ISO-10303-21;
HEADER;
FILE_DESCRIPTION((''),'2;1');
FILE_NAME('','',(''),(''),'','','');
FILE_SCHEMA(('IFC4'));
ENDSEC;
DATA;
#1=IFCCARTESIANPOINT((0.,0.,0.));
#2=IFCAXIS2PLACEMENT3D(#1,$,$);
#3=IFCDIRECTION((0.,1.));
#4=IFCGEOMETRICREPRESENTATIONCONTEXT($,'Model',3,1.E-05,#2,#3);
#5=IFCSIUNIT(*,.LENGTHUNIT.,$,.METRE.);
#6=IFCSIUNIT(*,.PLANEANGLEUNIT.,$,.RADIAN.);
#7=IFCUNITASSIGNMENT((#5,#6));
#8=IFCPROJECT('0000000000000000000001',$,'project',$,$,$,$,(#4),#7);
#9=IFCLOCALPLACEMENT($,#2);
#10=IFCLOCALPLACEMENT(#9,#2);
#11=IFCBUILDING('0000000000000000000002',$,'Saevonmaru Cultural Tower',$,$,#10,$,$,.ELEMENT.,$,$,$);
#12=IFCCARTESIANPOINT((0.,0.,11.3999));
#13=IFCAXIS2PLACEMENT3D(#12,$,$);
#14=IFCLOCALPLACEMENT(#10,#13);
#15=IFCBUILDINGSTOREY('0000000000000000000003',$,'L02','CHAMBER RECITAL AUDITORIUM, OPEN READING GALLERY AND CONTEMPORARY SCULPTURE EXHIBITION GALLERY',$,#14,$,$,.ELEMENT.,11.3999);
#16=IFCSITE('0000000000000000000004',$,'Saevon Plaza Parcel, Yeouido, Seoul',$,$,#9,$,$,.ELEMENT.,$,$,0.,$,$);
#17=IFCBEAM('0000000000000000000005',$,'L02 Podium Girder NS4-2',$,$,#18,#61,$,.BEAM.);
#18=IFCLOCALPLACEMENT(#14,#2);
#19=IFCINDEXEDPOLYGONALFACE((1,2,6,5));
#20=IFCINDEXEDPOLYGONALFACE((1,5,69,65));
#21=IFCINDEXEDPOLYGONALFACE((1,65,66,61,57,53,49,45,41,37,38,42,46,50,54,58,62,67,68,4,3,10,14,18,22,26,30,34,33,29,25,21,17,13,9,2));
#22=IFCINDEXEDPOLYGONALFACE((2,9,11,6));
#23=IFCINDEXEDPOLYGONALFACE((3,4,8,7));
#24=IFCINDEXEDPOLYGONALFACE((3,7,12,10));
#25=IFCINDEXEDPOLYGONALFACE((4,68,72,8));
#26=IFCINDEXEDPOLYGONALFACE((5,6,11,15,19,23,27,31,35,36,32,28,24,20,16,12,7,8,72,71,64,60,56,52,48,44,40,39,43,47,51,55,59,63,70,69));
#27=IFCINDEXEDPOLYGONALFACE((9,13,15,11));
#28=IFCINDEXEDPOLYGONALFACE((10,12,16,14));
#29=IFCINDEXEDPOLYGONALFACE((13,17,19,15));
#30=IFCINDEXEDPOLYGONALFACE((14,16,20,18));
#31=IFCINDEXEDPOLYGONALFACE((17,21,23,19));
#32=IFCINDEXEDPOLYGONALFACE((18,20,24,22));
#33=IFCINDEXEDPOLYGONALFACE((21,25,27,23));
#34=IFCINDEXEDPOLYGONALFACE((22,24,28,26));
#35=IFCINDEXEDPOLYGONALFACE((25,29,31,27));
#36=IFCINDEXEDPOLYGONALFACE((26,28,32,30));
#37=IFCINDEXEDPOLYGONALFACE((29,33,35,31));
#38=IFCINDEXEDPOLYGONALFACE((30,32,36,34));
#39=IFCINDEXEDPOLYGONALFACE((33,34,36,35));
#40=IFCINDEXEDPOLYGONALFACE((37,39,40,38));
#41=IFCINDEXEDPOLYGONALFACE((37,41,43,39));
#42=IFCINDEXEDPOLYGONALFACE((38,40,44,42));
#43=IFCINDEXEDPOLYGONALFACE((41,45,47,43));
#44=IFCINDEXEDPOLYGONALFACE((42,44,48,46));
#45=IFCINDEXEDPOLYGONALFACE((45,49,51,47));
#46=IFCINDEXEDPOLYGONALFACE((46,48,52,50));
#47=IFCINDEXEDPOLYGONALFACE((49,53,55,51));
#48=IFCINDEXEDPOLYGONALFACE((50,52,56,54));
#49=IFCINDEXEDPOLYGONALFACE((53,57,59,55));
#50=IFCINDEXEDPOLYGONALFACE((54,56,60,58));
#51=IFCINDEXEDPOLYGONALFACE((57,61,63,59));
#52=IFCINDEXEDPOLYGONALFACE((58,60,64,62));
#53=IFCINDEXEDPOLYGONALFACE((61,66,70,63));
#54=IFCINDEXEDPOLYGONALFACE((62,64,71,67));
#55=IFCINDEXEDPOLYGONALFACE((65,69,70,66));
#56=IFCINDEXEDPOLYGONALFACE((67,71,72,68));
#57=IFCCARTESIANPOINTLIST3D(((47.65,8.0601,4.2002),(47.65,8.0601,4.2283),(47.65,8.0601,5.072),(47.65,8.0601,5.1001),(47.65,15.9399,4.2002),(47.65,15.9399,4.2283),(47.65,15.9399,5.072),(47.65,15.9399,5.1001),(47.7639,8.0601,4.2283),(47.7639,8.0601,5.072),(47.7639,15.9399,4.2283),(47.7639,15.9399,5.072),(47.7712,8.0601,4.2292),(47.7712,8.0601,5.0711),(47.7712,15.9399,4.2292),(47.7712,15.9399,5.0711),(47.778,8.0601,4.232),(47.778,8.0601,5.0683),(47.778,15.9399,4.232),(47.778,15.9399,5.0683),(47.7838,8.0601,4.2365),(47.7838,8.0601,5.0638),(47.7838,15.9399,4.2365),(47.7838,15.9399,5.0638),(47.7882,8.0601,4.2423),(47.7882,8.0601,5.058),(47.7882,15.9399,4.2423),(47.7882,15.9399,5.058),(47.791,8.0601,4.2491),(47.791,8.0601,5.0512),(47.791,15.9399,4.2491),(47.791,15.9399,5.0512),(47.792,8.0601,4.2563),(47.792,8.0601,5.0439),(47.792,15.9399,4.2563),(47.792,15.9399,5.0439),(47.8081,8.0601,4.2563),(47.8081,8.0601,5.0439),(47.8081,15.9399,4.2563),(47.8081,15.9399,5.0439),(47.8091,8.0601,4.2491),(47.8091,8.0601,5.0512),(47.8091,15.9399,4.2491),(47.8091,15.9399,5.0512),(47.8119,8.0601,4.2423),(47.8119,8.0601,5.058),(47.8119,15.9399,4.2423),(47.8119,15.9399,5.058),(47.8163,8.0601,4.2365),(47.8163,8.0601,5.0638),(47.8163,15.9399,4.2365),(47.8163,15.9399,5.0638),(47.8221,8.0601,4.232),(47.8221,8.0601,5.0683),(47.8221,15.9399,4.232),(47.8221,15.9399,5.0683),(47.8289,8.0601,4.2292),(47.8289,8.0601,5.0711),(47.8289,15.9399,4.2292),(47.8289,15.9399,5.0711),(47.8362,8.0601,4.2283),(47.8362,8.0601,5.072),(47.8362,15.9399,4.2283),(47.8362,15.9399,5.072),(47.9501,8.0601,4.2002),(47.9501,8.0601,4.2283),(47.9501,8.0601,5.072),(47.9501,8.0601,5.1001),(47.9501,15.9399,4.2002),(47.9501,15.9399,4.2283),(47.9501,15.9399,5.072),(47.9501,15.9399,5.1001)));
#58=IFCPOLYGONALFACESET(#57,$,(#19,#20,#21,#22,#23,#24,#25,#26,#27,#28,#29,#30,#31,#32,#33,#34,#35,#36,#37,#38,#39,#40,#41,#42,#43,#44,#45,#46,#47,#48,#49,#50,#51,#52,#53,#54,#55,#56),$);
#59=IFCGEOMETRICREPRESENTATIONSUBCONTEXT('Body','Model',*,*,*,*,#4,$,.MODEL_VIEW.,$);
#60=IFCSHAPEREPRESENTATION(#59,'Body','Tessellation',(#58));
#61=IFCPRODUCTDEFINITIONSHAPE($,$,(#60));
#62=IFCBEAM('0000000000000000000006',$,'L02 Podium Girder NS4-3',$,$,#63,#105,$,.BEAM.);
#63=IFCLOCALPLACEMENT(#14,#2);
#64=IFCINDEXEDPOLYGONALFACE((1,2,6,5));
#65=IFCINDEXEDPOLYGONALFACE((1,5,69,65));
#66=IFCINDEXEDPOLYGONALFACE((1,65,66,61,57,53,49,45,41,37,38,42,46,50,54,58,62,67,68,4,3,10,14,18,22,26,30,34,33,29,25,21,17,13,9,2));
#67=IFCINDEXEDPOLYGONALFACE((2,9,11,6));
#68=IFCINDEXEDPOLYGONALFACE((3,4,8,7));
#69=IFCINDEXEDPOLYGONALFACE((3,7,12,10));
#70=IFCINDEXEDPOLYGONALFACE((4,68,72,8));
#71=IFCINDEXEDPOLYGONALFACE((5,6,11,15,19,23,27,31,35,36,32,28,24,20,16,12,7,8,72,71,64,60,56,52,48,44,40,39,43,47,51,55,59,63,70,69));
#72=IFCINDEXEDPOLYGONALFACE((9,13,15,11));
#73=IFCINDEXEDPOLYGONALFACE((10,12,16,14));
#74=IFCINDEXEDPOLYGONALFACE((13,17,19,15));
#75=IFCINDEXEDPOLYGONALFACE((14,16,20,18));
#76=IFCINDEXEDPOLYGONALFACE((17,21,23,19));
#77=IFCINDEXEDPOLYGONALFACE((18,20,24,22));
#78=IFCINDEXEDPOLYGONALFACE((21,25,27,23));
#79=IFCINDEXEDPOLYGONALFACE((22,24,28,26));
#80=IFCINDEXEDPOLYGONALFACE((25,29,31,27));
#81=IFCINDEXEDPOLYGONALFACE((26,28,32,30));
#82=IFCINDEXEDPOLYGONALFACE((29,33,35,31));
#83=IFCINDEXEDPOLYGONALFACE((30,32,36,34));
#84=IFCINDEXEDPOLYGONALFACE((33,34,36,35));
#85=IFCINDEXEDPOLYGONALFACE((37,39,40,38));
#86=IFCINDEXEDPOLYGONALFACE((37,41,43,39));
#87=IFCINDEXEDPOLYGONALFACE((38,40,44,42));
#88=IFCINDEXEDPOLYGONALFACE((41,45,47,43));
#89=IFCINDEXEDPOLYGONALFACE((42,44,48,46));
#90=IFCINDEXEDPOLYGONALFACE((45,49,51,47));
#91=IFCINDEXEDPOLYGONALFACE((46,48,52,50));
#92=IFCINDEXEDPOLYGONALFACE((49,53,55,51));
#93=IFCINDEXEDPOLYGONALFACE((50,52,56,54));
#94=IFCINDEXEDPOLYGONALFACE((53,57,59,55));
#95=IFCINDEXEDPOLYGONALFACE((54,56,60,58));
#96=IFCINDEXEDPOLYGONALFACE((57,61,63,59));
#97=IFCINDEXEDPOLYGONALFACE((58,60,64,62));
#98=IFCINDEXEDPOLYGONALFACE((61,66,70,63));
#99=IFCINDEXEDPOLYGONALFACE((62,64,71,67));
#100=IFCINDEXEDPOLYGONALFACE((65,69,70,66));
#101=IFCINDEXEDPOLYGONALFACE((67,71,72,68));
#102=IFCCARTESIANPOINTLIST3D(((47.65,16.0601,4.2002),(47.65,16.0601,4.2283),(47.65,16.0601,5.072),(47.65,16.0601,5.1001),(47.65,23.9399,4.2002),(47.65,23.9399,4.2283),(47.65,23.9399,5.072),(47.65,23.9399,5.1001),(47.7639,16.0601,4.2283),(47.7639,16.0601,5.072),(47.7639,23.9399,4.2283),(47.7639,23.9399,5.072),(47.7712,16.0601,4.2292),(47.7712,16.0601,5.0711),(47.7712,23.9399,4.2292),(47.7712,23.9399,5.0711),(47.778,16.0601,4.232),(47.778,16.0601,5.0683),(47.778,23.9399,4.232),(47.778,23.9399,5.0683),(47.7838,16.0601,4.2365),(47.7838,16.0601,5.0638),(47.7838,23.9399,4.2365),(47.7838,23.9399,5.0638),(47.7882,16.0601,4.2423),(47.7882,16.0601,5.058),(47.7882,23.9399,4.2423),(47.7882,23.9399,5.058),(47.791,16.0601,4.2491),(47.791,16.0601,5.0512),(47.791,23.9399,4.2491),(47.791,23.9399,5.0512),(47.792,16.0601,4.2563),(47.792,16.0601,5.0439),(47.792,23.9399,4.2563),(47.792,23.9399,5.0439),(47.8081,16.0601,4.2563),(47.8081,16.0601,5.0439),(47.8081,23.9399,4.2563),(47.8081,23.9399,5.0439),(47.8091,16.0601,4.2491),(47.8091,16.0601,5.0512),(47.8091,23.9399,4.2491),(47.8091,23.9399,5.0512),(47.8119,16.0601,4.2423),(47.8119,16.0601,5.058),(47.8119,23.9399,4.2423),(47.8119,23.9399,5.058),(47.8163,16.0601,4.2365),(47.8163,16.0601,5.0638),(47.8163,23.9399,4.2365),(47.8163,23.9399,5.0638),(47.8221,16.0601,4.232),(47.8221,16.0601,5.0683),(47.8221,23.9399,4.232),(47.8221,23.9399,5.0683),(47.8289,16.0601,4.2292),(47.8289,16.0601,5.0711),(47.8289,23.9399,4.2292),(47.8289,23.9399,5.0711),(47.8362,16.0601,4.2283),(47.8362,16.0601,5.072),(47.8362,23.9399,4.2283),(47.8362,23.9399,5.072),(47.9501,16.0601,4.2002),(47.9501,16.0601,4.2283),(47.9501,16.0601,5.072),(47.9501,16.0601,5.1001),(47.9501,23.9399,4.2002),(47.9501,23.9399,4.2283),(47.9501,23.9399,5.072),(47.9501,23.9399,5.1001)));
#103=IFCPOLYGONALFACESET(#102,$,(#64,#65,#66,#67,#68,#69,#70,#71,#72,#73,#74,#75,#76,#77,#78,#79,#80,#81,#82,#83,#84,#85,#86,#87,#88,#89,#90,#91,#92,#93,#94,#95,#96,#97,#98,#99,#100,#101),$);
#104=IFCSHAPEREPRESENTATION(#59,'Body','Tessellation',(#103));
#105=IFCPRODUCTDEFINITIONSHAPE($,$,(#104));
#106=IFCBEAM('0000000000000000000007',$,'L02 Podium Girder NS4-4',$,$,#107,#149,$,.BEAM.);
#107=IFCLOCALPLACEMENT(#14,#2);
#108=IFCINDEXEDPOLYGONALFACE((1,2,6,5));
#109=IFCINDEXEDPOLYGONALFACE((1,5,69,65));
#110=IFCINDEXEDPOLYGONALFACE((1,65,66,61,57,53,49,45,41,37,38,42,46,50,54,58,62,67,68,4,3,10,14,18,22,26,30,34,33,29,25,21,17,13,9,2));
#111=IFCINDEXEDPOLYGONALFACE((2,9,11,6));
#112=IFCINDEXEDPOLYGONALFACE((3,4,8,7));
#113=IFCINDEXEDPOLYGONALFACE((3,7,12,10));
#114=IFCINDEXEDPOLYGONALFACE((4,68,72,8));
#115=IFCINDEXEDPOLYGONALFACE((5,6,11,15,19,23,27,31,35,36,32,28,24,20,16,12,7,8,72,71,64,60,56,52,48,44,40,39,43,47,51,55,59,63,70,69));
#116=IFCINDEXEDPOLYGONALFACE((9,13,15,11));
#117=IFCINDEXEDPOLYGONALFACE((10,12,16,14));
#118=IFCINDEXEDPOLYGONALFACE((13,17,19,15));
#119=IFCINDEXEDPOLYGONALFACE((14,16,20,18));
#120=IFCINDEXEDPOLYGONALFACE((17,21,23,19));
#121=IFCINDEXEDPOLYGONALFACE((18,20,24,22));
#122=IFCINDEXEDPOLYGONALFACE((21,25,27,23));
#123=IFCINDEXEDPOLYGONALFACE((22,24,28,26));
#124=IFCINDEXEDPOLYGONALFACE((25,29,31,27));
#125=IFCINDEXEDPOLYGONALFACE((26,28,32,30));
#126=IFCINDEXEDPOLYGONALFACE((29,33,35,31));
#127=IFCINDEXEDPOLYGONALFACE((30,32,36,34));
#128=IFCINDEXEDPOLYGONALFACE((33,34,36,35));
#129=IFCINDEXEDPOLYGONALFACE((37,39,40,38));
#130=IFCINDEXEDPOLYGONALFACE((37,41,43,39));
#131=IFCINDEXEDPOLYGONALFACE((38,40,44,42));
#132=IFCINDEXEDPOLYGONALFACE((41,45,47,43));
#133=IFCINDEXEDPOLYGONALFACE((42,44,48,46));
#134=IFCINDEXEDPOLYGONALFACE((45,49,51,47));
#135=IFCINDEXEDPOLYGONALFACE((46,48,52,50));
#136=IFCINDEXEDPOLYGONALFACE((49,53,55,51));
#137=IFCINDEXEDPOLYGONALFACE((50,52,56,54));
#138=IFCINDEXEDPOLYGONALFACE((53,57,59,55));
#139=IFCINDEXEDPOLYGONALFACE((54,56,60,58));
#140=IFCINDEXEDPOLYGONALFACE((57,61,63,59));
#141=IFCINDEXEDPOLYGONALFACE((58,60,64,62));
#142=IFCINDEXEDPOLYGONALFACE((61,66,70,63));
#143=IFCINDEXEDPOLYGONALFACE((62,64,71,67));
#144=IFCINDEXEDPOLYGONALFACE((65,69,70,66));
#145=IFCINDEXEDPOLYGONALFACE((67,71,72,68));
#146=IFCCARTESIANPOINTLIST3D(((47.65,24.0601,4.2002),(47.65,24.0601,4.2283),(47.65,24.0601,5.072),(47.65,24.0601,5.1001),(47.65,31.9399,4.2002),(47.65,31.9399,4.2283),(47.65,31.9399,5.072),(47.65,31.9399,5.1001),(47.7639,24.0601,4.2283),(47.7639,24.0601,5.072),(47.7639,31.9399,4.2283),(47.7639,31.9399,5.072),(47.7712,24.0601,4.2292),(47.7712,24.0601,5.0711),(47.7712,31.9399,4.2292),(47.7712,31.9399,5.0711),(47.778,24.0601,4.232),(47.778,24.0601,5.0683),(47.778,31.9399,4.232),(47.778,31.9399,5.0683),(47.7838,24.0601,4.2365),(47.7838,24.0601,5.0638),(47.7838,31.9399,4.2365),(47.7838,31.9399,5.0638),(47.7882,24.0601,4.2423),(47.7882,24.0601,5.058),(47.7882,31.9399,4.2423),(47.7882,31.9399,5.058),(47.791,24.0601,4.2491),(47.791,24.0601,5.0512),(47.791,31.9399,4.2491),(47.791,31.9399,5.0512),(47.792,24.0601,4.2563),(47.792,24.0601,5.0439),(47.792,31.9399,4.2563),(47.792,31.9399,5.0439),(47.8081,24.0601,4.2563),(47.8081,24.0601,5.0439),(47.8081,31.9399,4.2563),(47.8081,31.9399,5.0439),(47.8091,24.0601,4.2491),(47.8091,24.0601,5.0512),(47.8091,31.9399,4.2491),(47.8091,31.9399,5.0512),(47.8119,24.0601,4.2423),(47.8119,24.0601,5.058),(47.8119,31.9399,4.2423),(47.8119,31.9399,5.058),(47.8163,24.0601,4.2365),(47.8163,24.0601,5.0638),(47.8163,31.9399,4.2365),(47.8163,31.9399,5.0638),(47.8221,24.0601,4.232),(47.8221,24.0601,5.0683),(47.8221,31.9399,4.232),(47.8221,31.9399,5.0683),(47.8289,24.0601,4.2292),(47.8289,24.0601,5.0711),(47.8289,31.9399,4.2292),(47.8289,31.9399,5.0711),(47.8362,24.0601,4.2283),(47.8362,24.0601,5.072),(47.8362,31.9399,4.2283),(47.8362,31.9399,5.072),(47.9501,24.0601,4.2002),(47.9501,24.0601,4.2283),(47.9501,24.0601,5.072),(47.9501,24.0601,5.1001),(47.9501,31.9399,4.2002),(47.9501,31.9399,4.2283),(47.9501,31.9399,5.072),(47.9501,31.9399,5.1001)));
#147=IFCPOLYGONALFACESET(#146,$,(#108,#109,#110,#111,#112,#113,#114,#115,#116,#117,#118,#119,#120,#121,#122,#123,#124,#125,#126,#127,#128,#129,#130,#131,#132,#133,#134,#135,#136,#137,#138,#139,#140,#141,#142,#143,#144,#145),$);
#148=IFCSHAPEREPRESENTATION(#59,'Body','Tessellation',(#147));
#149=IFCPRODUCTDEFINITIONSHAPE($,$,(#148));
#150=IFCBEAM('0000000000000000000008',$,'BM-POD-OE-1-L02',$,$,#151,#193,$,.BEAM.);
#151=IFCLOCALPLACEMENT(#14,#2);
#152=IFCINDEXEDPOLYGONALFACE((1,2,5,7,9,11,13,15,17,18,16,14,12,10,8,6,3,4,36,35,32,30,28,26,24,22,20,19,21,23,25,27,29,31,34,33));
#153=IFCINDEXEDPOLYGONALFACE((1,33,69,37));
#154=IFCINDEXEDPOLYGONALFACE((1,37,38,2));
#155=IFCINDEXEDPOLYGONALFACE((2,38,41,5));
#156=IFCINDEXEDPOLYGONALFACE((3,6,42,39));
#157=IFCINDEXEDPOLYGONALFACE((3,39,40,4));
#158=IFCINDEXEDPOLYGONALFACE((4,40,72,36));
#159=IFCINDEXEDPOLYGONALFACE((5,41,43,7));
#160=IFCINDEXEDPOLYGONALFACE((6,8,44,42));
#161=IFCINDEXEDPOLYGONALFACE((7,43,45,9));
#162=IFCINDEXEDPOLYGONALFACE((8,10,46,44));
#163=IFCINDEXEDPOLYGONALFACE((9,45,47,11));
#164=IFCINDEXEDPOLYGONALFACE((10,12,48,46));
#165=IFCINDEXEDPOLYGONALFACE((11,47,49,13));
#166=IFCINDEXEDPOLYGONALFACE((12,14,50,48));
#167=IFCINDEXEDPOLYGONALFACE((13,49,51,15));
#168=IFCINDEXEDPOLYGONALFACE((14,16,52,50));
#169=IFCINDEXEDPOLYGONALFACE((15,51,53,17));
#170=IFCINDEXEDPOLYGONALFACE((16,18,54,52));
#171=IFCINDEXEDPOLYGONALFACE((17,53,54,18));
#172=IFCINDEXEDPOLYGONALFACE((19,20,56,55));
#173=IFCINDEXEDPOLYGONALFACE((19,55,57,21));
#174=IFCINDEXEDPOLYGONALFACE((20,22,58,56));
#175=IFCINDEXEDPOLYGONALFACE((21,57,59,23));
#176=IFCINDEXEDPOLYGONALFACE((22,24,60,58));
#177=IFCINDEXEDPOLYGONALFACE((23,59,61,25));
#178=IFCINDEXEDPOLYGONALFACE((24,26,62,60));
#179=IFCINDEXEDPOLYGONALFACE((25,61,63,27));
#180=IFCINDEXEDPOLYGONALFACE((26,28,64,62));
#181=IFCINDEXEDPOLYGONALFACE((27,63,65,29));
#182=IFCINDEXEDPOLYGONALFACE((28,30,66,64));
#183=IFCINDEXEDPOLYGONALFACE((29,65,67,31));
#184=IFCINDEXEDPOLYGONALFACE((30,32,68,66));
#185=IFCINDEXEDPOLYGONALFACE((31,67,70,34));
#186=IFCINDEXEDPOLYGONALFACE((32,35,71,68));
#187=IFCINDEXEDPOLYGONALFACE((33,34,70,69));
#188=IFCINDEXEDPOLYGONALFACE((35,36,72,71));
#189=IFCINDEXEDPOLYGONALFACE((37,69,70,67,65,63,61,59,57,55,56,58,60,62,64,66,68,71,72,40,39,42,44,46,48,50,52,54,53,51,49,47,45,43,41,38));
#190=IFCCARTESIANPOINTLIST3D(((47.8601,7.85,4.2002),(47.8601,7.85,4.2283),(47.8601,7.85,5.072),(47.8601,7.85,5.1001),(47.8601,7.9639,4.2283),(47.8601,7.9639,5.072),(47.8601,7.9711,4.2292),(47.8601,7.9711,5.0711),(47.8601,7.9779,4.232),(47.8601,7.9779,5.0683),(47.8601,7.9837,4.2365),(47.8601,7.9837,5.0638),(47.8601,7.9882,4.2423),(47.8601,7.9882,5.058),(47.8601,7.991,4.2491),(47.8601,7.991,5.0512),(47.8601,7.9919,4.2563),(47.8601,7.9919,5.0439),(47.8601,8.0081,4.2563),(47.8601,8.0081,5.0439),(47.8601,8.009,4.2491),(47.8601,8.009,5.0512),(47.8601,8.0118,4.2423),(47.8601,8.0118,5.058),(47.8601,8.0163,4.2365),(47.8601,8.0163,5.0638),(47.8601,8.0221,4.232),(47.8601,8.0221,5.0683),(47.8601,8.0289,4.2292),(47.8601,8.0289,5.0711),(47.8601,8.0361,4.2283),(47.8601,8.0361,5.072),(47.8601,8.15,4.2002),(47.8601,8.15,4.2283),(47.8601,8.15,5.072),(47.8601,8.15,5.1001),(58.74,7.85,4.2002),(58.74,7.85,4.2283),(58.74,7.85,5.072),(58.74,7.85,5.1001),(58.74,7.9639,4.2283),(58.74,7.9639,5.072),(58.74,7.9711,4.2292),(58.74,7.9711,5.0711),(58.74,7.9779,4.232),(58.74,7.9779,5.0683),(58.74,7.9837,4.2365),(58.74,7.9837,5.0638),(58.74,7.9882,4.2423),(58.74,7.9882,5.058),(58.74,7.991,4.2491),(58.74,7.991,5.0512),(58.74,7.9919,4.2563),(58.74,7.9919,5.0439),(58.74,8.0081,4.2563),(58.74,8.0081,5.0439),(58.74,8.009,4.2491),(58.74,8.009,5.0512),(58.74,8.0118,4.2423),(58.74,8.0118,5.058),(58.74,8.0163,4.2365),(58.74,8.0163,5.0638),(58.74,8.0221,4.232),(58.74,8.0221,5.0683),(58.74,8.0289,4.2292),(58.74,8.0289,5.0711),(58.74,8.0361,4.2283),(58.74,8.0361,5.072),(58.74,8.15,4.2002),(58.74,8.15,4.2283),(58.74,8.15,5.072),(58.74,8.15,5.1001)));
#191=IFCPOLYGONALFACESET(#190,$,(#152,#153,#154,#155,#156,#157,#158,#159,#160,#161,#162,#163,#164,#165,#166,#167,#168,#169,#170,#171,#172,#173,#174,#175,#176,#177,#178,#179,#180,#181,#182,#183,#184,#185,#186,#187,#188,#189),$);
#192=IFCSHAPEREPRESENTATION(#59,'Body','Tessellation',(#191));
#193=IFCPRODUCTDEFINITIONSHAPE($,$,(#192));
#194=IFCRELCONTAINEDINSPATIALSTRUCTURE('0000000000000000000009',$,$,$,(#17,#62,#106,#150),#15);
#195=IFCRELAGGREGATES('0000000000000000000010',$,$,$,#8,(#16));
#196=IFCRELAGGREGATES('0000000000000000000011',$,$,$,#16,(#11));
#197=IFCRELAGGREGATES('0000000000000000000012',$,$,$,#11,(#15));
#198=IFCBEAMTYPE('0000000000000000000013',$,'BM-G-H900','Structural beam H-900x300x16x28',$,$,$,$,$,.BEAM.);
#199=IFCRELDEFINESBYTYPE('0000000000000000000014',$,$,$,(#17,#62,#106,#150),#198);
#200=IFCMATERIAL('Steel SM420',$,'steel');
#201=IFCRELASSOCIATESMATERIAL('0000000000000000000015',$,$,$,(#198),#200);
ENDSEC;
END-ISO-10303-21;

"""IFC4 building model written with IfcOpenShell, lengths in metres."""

from ifc_helpers import new_model, si_unit, direction, frame, origin, origin_2d, place, context, subcontext, project, spatial, i_section, extrude, material, material_profile, profile_set, type_object, element, save


model = new_model("IFC4")

# Units and contexts
model_context = context("Model", 3, precision=1e-05, world=origin(), true_north=direction((0.0, 1.0)))
body_context = subcontext(model_context, "Body", "Model", "MODEL_VIEW")
ifc_project = project(units=[si_unit("LENGTHUNIT", "METRE"), si_unit("PLANEANGLEUNIT", "RADIAN")], contexts=[model_context])

# Site, building, storey
site_placement = place(None, origin())
site = spatial("IfcSite", under=ifc_project, at=site_placement, Name="Saevon Plaza Parcel, Yeouido, Seoul", CompositionType="ELEMENT", RefElevation=0.0)
building_placement = place(site_placement, origin())
building = spatial("IfcBuilding", under=site, at=building_placement, Name="Saevonmaru Cultural Tower", CompositionType="ELEMENT")
storey_placement = place(building_placement, frame((0.0, 0.0, 11.3999)))
storey = spatial("IfcBuildingStorey", under=building, at=storey_placement, Name="L02", Description="CHAMBER RECITAL AUDITORIUM, OPEN READING GALLERY AND CONTEMPORARY SCULPTURE EXHIBITION GALLERY", CompositionType="ELEMENT", Elevation=11.3999)

# Beams
ifc_material_1 = material(Name="Steel SM420", Category="steel")
ifc_material_profile_1 = material_profile(ifc_material_1, i_section(OverallWidth=0.3, OverallDepth=0.8999, WebThickness=0.0161, FlangeThickness=0.0281, FilletRadius=0.0281, at=origin_2d()), Name="H-900x300x16x28")
ifc_profile_set_1 = profile_set([ifc_material_profile_1], Name="Steel SM420")
beam_type_1 = type_object("IfcBeamType", Name="BM-G-H900", Description="Structural beam H-900x300x16x28", PredefinedType="BEAM", material=ifc_profile_set_1)
for number, where, z_axis, x_axis, name in (
    (1, (47.8, 8.0601, 4.6501), (0.0, 1.0, 0.0), (-1.0, 0.0, 0.0), "L02 Podium Girder NS4-2"),
    (2, (47.8, 16.0601, 4.6501), (0.0, 1.0, 0.0), (-1.0, 0.0, 0.0), "L02 Podium Girder NS4-3"),
    (3, (47.8, 24.0601, 4.6501), (0.0, 1.0, 0.0), (-1.0, 0.0, 0.0), "L02 Podium Girder NS4-4"),
):
    element("IfcBeam", number, at=place(storey_placement, frame(where, z_axis=z_axis, x_axis=x_axis)), inside=storey, type_object=beam_type_1, Name=name, PredefinedType="BEAM", context=body_context, shape_type="SweptSolid", body=[
        extrude(i_section(OverallWidth=0.3, OverallDepth=0.8999, WebThickness=0.0161, FlangeThickness=0.0281, FilletRadius=0.0281, at=origin_2d()), origin(), (0.0, 0.0, 1.0), 7.8799),
    ])
for number, where, z_axis, x_axis, name in (
    (4, (47.8601, 8.0, 4.6501), (1.0, 0.0, 0.0), (0.0, 1.0, 0.0), "BM-POD-OE-1-L02"),
):
    element("IfcBeam", number, at=place(storey_placement, frame(where, z_axis=z_axis, x_axis=x_axis)), inside=storey, type_object=beam_type_1, Name=name, PredefinedType="BEAM", context=body_context, shape_type="SweptSolid", body=[
        extrude(i_section(OverallWidth=0.3, OverallDepth=0.8999, WebThickness=0.0161, FlangeThickness=0.0281, FilletRadius=0.0281, at=origin_2d()), origin(), (0.0, 0.0, 1.0), 10.8799),
    ])

save(model, "model.ifc")
